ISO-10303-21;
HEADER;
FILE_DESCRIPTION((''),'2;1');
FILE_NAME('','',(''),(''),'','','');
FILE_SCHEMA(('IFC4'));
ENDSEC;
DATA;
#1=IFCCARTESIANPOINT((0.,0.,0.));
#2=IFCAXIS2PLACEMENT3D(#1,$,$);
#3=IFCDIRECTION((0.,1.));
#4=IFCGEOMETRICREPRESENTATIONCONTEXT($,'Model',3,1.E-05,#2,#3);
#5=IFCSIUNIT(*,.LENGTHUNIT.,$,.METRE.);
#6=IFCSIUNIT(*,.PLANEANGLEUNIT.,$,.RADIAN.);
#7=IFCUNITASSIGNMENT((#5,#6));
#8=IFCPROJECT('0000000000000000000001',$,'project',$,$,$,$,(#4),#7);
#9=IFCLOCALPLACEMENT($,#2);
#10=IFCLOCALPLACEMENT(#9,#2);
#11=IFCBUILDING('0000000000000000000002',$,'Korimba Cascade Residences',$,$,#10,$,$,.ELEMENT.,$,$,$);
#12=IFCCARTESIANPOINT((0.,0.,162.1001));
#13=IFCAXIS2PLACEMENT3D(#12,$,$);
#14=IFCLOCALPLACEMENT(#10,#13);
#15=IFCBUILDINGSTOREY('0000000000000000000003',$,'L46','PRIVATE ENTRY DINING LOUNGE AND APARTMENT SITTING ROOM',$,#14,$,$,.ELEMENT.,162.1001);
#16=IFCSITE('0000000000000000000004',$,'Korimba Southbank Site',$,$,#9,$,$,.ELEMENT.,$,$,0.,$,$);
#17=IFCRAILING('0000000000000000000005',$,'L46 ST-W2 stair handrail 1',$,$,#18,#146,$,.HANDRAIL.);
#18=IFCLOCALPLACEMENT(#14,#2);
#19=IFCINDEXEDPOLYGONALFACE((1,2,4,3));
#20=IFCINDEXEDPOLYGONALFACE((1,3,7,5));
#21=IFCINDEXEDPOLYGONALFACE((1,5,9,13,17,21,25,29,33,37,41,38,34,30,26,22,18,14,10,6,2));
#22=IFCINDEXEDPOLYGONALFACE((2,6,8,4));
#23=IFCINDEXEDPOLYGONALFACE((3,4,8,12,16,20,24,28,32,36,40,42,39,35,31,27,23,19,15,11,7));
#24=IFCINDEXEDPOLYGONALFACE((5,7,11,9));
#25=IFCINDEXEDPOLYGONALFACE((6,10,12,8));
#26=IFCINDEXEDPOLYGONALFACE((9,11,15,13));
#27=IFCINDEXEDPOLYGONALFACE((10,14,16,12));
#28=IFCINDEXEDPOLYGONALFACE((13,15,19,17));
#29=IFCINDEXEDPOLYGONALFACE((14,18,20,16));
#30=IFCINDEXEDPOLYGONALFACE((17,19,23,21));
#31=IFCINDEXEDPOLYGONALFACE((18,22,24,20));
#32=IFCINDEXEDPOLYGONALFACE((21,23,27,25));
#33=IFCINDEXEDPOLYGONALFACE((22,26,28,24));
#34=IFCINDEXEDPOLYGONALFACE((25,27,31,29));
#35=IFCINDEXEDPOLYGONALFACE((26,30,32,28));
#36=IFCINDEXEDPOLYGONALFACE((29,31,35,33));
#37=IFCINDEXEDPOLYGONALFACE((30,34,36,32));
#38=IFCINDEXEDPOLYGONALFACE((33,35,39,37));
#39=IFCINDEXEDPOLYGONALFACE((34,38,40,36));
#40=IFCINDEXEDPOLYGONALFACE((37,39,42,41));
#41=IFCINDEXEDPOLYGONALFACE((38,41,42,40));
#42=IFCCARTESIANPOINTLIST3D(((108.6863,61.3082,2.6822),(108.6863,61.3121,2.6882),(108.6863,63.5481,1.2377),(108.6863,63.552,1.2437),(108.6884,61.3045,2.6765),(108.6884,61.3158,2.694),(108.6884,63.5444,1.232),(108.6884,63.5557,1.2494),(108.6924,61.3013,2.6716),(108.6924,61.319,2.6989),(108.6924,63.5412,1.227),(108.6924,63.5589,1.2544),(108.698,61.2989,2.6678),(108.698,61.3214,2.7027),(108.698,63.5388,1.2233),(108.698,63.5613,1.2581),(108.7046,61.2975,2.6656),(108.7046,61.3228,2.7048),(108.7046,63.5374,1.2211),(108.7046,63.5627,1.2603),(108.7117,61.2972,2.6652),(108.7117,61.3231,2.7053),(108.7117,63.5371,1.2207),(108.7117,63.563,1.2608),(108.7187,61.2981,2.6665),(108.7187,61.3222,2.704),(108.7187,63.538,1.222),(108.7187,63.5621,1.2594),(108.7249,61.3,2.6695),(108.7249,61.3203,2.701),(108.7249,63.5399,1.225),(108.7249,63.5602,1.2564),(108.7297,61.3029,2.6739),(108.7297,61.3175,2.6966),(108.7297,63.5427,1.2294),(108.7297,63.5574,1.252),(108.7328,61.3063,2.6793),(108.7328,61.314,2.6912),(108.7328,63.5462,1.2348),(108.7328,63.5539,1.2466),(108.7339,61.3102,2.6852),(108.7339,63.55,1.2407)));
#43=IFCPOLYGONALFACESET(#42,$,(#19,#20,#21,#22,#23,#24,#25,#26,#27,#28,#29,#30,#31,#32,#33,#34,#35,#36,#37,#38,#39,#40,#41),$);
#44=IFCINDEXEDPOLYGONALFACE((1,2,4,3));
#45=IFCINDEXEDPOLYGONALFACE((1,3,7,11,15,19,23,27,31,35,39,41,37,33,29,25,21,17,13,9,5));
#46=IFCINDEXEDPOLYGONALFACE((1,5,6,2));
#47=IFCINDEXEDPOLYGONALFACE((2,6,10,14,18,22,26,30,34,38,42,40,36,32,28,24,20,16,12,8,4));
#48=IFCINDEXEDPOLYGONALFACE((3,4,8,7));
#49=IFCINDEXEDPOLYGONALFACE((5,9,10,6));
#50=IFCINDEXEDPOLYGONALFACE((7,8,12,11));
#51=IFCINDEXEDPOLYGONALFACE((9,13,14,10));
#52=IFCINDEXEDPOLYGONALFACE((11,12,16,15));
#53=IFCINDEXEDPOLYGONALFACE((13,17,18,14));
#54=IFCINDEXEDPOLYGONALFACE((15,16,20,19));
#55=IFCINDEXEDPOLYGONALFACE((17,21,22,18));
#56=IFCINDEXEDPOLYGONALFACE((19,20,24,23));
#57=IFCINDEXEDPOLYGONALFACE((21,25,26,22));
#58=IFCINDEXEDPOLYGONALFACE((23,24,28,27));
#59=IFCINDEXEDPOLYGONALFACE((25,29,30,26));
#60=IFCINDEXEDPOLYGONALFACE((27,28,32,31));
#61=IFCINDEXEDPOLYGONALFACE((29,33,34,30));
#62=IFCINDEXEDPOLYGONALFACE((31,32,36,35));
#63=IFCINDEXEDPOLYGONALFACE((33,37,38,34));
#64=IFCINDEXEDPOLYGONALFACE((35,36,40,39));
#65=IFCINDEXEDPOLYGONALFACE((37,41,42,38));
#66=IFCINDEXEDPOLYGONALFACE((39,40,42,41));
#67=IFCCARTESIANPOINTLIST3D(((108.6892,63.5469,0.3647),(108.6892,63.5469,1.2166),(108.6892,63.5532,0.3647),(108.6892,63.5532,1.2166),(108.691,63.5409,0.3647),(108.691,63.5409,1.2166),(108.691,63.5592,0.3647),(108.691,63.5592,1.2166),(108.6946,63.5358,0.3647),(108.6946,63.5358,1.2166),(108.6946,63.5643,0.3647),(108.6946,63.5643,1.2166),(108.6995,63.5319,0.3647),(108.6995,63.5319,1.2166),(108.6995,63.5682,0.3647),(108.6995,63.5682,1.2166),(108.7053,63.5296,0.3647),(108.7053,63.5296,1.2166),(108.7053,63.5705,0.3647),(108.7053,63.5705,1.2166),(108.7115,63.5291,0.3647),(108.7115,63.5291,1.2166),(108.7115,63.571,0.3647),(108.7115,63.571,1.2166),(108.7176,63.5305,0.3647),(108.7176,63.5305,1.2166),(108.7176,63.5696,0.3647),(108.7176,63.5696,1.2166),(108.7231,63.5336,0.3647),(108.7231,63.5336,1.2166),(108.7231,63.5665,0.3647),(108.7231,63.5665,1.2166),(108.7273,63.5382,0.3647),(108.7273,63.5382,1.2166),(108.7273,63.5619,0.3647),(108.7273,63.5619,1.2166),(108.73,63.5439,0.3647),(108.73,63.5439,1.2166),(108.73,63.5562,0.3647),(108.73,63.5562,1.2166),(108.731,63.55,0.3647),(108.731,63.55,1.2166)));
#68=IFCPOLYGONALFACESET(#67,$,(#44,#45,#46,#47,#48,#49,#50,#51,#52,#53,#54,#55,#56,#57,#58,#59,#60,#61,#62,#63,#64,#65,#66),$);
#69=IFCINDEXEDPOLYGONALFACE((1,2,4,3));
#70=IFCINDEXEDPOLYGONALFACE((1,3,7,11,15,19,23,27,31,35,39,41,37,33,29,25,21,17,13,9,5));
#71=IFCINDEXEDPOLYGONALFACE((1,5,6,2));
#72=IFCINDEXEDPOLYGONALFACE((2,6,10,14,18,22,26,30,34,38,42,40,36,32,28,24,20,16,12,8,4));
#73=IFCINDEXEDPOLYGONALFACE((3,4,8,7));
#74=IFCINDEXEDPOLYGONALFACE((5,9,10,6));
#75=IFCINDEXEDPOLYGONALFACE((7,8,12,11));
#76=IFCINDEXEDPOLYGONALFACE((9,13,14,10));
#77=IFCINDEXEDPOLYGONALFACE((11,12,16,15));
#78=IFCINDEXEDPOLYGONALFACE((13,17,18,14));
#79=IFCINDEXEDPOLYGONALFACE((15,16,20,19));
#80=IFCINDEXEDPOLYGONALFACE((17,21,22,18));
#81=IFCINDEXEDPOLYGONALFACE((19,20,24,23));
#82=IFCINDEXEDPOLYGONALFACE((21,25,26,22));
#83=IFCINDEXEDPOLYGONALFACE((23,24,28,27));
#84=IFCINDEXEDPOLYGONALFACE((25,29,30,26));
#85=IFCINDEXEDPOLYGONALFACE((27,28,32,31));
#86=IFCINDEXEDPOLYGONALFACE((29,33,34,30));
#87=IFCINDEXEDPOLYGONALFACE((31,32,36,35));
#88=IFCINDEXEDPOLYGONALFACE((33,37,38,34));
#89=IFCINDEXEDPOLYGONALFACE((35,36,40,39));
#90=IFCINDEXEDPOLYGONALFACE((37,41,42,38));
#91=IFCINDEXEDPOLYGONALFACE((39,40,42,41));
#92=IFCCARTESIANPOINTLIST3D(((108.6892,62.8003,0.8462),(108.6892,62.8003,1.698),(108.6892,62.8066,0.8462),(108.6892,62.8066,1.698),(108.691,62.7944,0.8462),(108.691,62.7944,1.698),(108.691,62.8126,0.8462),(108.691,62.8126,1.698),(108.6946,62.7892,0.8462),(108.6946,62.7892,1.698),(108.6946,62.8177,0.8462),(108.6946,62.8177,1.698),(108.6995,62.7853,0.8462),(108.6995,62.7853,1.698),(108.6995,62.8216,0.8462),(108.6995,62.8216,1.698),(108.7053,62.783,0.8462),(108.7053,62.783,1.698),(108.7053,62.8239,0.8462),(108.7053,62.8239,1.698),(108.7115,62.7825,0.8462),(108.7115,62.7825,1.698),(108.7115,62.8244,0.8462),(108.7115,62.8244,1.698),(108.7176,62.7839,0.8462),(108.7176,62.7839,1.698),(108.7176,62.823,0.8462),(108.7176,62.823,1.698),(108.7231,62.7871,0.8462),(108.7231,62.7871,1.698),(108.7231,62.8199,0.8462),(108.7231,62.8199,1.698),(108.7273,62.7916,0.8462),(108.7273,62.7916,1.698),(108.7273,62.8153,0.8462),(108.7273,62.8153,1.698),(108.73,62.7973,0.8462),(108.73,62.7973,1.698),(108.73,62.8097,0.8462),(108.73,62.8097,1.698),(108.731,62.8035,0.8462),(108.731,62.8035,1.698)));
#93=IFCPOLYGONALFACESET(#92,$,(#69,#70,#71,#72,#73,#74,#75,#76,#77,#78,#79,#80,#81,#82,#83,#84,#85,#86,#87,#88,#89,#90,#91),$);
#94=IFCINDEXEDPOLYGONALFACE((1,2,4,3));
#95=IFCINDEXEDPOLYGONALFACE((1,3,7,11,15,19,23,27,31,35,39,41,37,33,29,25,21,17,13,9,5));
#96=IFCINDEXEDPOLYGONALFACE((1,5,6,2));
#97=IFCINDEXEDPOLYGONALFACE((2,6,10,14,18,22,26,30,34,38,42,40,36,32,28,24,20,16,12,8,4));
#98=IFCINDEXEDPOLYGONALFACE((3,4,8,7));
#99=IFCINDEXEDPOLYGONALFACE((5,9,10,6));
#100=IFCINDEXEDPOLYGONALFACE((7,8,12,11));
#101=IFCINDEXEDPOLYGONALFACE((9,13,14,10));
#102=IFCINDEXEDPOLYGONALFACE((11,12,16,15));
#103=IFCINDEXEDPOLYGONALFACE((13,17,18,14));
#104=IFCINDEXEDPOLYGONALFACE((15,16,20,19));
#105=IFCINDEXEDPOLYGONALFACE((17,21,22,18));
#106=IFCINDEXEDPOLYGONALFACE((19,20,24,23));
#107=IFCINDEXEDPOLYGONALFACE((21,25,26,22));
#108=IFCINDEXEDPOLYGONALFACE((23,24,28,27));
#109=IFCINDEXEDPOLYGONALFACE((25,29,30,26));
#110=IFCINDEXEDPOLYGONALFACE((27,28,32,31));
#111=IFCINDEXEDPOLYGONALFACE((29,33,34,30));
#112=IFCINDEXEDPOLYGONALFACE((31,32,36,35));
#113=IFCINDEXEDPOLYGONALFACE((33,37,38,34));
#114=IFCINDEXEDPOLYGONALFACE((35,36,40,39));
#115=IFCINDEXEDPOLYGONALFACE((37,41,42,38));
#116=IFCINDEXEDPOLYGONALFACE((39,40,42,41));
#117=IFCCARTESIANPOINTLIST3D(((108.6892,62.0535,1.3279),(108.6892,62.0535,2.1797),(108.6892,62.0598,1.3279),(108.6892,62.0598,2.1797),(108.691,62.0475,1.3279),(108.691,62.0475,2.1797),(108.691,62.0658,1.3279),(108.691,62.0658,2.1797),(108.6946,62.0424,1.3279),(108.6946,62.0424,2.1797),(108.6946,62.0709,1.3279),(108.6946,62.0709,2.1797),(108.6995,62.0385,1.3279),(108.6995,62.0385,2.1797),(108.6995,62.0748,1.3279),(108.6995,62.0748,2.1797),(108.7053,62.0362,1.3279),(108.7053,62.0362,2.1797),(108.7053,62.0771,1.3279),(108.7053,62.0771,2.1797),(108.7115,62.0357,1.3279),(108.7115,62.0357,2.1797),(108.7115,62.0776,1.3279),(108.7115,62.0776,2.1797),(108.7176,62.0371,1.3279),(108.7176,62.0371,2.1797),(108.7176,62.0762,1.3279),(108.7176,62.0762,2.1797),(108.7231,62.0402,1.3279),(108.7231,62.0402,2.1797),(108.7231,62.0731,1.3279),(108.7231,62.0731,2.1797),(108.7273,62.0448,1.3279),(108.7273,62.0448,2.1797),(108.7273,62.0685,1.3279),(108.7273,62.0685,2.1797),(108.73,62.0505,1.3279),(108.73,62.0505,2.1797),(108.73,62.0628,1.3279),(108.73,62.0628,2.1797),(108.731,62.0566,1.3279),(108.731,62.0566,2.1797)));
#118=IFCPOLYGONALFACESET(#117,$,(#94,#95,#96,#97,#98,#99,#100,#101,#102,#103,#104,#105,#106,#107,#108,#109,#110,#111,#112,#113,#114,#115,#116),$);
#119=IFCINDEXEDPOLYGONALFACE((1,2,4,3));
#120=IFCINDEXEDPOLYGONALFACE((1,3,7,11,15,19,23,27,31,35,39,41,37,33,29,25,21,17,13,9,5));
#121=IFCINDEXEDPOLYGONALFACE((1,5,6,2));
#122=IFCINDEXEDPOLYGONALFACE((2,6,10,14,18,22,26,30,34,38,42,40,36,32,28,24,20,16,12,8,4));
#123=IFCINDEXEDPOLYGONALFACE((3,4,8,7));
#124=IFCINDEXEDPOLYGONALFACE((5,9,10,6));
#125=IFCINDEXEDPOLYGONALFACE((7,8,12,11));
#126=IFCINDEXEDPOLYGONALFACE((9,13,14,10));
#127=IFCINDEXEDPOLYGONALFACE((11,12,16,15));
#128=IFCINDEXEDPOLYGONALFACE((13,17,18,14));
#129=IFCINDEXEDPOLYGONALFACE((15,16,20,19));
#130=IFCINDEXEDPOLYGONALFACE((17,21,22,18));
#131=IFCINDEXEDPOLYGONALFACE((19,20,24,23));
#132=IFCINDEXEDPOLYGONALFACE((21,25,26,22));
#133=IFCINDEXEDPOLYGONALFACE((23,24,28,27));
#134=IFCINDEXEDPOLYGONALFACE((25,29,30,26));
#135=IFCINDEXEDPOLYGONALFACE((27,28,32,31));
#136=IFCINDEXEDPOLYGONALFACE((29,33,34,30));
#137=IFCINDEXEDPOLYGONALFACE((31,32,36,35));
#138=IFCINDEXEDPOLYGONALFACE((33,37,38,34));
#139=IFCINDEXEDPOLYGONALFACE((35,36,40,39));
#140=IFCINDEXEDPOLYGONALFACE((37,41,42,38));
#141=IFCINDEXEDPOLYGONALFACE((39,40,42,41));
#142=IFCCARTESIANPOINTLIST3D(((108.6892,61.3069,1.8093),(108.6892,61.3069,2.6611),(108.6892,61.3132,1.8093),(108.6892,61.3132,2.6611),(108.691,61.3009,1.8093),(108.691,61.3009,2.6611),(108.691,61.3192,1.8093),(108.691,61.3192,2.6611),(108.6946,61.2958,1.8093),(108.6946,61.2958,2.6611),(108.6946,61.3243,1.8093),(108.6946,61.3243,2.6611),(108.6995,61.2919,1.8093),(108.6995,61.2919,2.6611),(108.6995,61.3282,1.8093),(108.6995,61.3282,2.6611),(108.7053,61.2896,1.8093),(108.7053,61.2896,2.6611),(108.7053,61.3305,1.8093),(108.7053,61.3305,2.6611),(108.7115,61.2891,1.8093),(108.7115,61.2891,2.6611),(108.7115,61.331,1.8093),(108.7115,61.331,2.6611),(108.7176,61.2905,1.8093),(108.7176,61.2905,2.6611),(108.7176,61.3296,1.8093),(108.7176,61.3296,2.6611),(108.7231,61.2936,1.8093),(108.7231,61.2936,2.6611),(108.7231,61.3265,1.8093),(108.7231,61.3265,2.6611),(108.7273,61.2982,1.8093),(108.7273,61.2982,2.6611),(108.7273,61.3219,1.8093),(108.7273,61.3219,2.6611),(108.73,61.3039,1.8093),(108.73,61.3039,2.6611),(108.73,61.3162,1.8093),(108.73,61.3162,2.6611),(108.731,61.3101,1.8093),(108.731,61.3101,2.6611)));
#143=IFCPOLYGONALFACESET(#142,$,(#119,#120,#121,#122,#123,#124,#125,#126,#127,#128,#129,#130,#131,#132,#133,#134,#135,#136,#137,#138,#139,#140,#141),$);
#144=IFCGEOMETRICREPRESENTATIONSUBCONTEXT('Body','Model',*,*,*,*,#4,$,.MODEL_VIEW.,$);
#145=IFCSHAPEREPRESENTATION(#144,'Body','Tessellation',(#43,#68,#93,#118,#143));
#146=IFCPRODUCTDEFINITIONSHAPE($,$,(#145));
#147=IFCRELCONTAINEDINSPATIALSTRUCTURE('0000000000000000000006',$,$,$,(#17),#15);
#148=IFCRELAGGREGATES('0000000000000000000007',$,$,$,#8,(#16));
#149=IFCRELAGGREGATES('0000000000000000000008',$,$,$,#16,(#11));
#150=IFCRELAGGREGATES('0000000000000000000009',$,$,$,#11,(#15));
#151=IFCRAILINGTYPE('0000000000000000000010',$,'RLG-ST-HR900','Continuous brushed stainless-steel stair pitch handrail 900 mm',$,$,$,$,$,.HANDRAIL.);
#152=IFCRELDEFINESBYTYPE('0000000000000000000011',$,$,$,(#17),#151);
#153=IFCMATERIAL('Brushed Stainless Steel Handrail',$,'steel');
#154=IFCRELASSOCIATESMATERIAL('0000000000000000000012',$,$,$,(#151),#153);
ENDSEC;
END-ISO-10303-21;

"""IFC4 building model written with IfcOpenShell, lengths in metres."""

from ifc_helpers import new_model, si_unit, direction, frame, origin, origin_2d, place, context, subcontext, project, spatial, circle, extrude, material, type_object, element, save


model = new_model("IFC4")

# Units and contexts
model_context = context("Model", 3, precision=1e-05, world=origin(), true_north=direction((0.0, 1.0)))
body_context = subcontext(model_context, "Body", "Model", "MODEL_VIEW")
ifc_project = project(units=[si_unit("LENGTHUNIT", "METRE"), si_unit("PLANEANGLEUNIT", "RADIAN")], contexts=[model_context])

# Site, building, storey
site_placement = place(None, origin())
site = spatial("IfcSite", under=ifc_project, at=site_placement, Name="Korimba Southbank Site", CompositionType="ELEMENT", RefElevation=0.0)
building_placement = place(site_placement, origin())
building = spatial("IfcBuilding", under=site, at=building_placement, Name="Korimba Cascade Residences", CompositionType="ELEMENT")
storey_placement = place(building_placement, frame((0.0, 0.0, 162.1001)))
storey = spatial("IfcBuildingStorey", under=building, at=storey_placement, Name="L46", Description="PRIVATE ENTRY DINING LOUNGE AND APARTMENT SITTING ROOM", CompositionType="ELEMENT", Elevation=162.1001)

# Railing
ifc_material_1 = material(Name="Brushed Stainless Steel Handrail", Category="steel")
railing_type_1 = type_object("IfcRailingType", Name="RLG-ST-HR900", Description="Continuous brushed stainless-steel stair pitch handrail 900 mm", PredefinedType="HANDRAIL", material=ifc_material_1)
railing_1_placement = place(storey_placement, frame((108.71, 63.55, 0.3647)))
element("IfcRailing", 1, at=railing_1_placement, inside=storey, type_object=railing_type_1, Name="L46 ST-W2 stair handrail 1", PredefinedType="HANDRAIL", context=body_context, shape_type="SweptSolid", body=[
    extrude(circle(Radius=0.0239, at=origin_2d()), frame((0.0, 0.0, 0.876), z_axis=(0.0, -0.840395, 0.541975), x_axis=(1.0, 0.0, 0.0)), (0.0, 0.0, 1.0), 2.6653),
    extrude(circle(Radius=0.021, at=origin_2d()), origin(), (0.0, 0.0, 1.0), 0.8518),
    extrude(circle(Radius=0.021, at=origin_2d()), frame((0.0, -0.7466, 0.4814)), (0.0, 0.0, 1.0), 0.8518),
    extrude(circle(Radius=0.021, at=origin_2d()), frame((0.0, -1.4934, 0.9631)), (0.0, 0.0, 1.0), 0.8518),
    extrude(circle(Radius=0.021, at=origin_2d()), frame((0.0, -2.24, 1.4446)), (0.0, 0.0, 1.0), 0.8518),
])

save(model, "model.ifc")
